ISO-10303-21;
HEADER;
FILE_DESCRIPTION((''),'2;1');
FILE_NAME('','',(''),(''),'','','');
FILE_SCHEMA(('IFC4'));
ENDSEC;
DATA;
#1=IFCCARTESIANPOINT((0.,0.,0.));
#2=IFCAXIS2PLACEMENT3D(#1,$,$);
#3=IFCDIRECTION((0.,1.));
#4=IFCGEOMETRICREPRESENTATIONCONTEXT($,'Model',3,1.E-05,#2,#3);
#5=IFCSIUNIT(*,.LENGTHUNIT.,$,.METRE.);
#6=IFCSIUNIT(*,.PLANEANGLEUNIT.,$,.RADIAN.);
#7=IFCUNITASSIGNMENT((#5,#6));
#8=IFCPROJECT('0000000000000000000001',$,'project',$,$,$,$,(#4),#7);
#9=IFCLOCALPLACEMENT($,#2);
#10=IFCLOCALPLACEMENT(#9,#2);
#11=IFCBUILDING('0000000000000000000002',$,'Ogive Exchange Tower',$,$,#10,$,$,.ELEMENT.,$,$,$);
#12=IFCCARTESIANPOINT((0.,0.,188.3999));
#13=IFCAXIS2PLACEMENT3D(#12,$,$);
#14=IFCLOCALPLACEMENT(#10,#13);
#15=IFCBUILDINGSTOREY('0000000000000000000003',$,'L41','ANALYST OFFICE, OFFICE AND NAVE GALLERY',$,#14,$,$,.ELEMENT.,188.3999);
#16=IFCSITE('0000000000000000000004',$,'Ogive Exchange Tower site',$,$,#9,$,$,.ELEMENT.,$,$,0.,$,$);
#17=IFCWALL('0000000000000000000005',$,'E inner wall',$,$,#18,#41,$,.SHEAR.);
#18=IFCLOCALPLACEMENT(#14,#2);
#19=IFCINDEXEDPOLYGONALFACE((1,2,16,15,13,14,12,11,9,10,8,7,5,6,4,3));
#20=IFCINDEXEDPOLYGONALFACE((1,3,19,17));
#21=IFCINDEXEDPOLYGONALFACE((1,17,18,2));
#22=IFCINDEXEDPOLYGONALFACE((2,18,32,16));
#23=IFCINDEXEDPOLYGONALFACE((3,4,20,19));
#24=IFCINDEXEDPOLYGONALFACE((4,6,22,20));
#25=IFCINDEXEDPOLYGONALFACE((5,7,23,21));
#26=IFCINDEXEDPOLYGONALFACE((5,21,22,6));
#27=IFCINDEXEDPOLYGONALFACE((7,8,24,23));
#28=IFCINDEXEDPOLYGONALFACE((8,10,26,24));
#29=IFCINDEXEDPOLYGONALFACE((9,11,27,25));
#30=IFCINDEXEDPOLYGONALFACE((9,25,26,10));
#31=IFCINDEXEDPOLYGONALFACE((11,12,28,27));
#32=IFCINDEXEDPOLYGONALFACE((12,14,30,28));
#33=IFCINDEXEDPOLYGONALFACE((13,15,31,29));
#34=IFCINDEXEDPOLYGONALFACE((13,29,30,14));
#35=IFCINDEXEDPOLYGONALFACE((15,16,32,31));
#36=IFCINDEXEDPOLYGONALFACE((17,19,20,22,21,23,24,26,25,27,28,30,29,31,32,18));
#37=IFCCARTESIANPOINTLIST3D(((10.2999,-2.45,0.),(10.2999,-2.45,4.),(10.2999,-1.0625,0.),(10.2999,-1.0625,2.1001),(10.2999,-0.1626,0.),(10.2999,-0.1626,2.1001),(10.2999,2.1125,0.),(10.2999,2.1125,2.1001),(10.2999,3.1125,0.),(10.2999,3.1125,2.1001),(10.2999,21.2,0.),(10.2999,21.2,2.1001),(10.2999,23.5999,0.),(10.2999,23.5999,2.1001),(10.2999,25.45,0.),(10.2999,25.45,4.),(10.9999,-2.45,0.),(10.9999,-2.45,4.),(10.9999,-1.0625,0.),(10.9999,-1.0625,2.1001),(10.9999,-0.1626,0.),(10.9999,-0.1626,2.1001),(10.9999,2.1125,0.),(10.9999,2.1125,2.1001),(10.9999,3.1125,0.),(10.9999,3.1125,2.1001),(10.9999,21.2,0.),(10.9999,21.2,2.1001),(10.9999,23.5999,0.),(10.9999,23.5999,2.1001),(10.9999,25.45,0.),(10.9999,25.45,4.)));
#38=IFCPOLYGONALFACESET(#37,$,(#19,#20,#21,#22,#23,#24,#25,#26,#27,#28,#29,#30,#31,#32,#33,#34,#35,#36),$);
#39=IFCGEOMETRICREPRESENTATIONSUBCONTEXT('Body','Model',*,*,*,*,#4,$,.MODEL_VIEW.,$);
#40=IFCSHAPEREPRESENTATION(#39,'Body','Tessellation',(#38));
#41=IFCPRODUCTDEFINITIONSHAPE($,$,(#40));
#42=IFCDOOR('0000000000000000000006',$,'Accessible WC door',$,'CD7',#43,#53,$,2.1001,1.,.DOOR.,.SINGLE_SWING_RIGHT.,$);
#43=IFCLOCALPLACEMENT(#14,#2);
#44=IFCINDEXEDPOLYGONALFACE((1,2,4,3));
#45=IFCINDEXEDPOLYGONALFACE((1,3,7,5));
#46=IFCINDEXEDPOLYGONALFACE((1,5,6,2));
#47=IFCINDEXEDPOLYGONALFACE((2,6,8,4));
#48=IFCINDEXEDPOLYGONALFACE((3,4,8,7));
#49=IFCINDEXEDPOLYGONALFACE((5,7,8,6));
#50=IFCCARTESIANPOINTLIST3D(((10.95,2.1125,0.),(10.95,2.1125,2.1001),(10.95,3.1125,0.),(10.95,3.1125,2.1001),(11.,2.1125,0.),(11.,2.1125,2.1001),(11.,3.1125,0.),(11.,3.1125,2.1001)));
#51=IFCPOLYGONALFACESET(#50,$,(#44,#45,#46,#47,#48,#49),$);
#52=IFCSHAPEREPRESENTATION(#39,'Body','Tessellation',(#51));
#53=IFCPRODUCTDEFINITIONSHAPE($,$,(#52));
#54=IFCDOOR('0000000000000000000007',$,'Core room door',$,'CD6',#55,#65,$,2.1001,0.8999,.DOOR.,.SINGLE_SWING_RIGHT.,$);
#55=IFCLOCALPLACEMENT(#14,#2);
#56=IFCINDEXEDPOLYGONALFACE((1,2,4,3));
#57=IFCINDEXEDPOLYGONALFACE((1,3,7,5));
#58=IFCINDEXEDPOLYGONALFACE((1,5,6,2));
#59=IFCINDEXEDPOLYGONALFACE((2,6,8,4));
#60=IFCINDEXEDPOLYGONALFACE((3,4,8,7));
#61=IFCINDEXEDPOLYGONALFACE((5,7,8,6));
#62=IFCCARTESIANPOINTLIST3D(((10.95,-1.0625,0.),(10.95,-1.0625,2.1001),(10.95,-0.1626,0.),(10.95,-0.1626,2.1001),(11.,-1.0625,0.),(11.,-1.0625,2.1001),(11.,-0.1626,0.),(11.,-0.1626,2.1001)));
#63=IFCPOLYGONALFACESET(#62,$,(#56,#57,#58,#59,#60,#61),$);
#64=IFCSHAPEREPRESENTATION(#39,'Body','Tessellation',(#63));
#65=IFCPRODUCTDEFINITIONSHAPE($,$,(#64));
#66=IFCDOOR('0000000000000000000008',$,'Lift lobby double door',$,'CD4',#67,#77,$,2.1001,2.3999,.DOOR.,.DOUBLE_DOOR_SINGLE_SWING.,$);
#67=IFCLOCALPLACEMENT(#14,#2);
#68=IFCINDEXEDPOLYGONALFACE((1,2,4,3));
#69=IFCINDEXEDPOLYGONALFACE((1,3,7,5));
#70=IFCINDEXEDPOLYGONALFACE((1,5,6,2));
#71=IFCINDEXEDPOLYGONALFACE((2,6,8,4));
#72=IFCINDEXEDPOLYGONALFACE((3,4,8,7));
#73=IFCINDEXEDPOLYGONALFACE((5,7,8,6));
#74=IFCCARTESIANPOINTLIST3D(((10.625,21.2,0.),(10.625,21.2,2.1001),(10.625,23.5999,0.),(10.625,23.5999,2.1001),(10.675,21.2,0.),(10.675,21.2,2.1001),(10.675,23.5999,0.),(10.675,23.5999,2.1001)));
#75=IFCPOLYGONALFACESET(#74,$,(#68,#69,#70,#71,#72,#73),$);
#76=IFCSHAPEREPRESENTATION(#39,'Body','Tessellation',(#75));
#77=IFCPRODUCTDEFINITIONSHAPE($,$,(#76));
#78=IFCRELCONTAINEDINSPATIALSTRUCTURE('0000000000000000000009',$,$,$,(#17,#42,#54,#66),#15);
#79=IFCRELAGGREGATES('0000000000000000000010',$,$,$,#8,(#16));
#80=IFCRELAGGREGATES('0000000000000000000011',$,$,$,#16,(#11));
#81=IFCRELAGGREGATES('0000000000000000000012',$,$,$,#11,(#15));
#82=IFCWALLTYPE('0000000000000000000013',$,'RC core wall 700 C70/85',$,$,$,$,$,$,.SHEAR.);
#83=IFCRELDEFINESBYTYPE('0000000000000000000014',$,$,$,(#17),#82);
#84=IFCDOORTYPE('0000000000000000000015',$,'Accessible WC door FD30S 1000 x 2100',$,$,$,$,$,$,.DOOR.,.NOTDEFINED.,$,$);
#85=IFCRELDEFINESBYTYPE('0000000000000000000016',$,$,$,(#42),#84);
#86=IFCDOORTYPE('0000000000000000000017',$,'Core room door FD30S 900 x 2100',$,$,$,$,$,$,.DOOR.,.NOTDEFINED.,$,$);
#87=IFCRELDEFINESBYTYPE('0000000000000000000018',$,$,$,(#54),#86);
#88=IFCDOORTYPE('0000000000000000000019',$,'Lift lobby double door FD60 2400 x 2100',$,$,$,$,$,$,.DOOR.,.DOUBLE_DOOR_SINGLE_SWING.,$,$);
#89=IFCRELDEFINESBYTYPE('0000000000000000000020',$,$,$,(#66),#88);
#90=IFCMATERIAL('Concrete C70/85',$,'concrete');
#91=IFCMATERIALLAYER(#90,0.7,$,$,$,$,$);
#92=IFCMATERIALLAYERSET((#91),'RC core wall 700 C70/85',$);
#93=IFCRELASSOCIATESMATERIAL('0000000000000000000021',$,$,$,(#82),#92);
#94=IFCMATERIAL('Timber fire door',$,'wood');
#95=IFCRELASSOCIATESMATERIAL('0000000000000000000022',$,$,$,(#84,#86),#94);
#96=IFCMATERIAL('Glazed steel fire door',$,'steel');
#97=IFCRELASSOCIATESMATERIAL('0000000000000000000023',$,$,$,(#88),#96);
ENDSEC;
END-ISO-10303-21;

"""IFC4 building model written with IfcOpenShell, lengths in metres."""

from ifc_helpers import new_model, si_unit, direction, frame, frame_2d, origin, place, context, subcontext, project, spatial, rectangle, extrude, material, layer, layer_set, type_object, element, fill, save


model = new_model("IFC4")

# Units and contexts
model_context = context("Model", 3, precision=1e-05, world=origin(), true_north=direction((0.0, 1.0)))
body_context = subcontext(model_context, "Body", "Model", "MODEL_VIEW")
ifc_project = project(units=[si_unit("LENGTHUNIT", "METRE"), si_unit("PLANEANGLEUNIT", "RADIAN")], contexts=[model_context])

# Site, building, storey
site_placement = place(None, origin())
site = spatial("IfcSite", under=ifc_project, at=site_placement, Name="Ogive Exchange Tower site", CompositionType="ELEMENT", RefElevation=0.0)
building_placement = place(site_placement, origin())
building = spatial("IfcBuilding", under=site, at=building_placement, Name="Ogive Exchange Tower", CompositionType="ELEMENT")
storey_placement = place(building_placement, frame((0.0, 0.0, 188.3999)))
storey = spatial("IfcBuildingStorey", under=building, at=storey_placement, Name="L41", Description="ANALYST OFFICE, OFFICE AND NAVE GALLERY", CompositionType="ELEMENT", Elevation=188.3999)

# Shared definitions
ifc_material_1 = material(Name="Concrete C70/85", Category="concrete")

# Wall, openings, doors
ifc_layer_1 = layer(ifc_material_1, 0.7)
ifc_layer_set_1 = layer_set([ifc_layer_1], Name="RC core wall 700 C70/85")
wall_type_1 = type_object("IfcWallType", Name="RC core wall 700 C70/85", PredefinedType="SHEAR", material=ifc_layer_set_1)
wall_1_placement = place(storey_placement, frame((10.6499, -2.45, 0.0), z_axis=(0.0, 0.0, 1.0), x_axis=(0.0, 1.0, 0.0)))
wall_1 = element("IfcWall", 1, at=wall_1_placement, inside=storey, type_object=wall_type_1, Name="E inner wall", PredefinedType="SHEAR", context=body_context, shape_type="SweptSolid", body=[
    extrude(rectangle(XDim=27.8999, YDim=0.7, at=frame_2d((13.95, 0.0))), origin(), (0.0, 0.0, 1.0), 4.0),
])
opening_1_placement = place(wall_1_placement, frame((23.6499, 0.0, 0.0)))
opening_1 = element("IfcOpeningElement", 2, at=opening_1_placement, cuts=wall_1, PredefinedType="OPENING", context=body_context, shape_type="SweptSolid", body=[
    extrude(rectangle(XDim=2.3999, YDim=2.1001, at=frame_2d((1.2, 1.05))), frame((0.0, 0.3599, 0.0), z_axis=(0.0, -1.0, 0.0), x_axis=(1.0, 0.0, 0.0)), (0.0, 0.0, 1.0), 0.72),
])
opening_2_placement = place(wall_1_placement, frame((1.3875, 0.0, 0.0)))
opening_2 = element("IfcOpeningElement", 3, at=opening_2_placement, cuts=wall_1, PredefinedType="OPENING", context=body_context, shape_type="SweptSolid", body=[
    extrude(rectangle(XDim=0.8999, YDim=2.1001, at=frame_2d((0.45, 1.05))), frame((0.0, 0.3599, 0.0), z_axis=(0.0, -1.0, 0.0), x_axis=(1.0, 0.0, 0.0)), (0.0, 0.0, 1.0), 0.72),
])
opening_3_placement = place(wall_1_placement, frame((4.5625, 0.0, 0.0)))
opening_3 = element("IfcOpeningElement", 4, at=opening_3_placement, cuts=wall_1, PredefinedType="OPENING", context=body_context, shape_type="SweptSolid", body=[
    extrude(rectangle(XDim=1.0, YDim=2.1001, at=frame_2d((0.5, 1.05))), frame((0.0, 0.3599, 0.0), z_axis=(0.0, -1.0, 0.0), x_axis=(1.0, 0.0, 0.0)), (0.0, 0.0, 1.0), 0.72),
])
ifc_material_2 = material(Name="Timber fire door", Category="wood")
door_type_1 = type_object("IfcDoorType", Name="Accessible WC door FD30S 1000 x 2100", OperationType="NOTDEFINED", PredefinedType="DOOR", material=ifc_material_2)
door_1_placement = place(opening_3_placement, frame((1.0, -0.6499, 0.0), z_axis=(0.0, 0.0, 1.0), x_axis=(-1.0, 0.0, 0.0)))
door_1 = element("IfcDoor", 5, at=door_1_placement, inside=storey, type_object=door_type_1, Name="Accessible WC door", ObjectType="CD7", OperationType="SINGLE_SWING_RIGHT", OverallHeight=2.1001, OverallWidth=1.0, PredefinedType="DOOR", context=body_context, shape_type="SweptSolid", body=[
    extrude(rectangle(XDim=1.0, YDim=2.1001, at=frame_2d((0.5, 1.05))), frame((0.0, -0.2998, 0.0), z_axis=(0.0, -1.0, 0.0), x_axis=(1.0, 0.0, 0.0)), (0.0, 0.0, 1.0), 0.05),
])
fill(opening_3, door_1)
door_type_2 = type_object("IfcDoorType", Name="Core room door FD30S 900 x 2100", OperationType="NOTDEFINED", PredefinedType="DOOR", material=ifc_material_2)
door_2_placement = place(opening_2_placement, frame((0.8999, -0.6499, 0.0), z_axis=(0.0, 0.0, 1.0), x_axis=(-1.0, 0.0, 0.0)))
door_2 = element("IfcDoor", 6, at=door_2_placement, inside=storey, type_object=door_type_2, Name="Core room door", ObjectType="CD6", OperationType="SINGLE_SWING_RIGHT", OverallHeight=2.1001, OverallWidth=0.8999, PredefinedType="DOOR", context=body_context, shape_type="SweptSolid", body=[
    extrude(rectangle(XDim=0.8999, YDim=2.1001, at=frame_2d((0.45, 1.05))), frame((0.0, -0.2998, 0.0), z_axis=(0.0, -1.0, 0.0), x_axis=(1.0, 0.0, 0.0)), (0.0, 0.0, 1.0), 0.05),
])
fill(opening_2, door_2)
ifc_material_3 = material(Name="Glazed steel fire door", Category="steel")
door_type_3 = type_object("IfcDoorType", Name="Lift lobby double door FD60 2400 x 2100", OperationType="DOUBLE_DOOR_SINGLE_SWING", PredefinedType="DOOR", material=ifc_material_3)
door_3_placement = place(opening_1_placement, origin())
door_3 = element("IfcDoor", 7, at=door_3_placement, inside=storey, type_object=door_type_3, Name="Lift lobby double door", ObjectType="CD4", OperationType="DOUBLE_DOOR_SINGLE_SWING", OverallHeight=2.1001, OverallWidth=2.3999, PredefinedType="DOOR", context=body_context, shape_type="SweptSolid", body=[
    extrude(rectangle(XDim=2.3999, YDim=2.1001, at=frame_2d((1.2, 1.05))), frame((0.0, 0.0249, 0.0), z_axis=(0.0, -1.0, 0.0), x_axis=(1.0, 0.0, 0.0)), (0.0, 0.0, 1.0), 0.05),
])
fill(opening_1, door_3)

save(model, "model.ifc")
